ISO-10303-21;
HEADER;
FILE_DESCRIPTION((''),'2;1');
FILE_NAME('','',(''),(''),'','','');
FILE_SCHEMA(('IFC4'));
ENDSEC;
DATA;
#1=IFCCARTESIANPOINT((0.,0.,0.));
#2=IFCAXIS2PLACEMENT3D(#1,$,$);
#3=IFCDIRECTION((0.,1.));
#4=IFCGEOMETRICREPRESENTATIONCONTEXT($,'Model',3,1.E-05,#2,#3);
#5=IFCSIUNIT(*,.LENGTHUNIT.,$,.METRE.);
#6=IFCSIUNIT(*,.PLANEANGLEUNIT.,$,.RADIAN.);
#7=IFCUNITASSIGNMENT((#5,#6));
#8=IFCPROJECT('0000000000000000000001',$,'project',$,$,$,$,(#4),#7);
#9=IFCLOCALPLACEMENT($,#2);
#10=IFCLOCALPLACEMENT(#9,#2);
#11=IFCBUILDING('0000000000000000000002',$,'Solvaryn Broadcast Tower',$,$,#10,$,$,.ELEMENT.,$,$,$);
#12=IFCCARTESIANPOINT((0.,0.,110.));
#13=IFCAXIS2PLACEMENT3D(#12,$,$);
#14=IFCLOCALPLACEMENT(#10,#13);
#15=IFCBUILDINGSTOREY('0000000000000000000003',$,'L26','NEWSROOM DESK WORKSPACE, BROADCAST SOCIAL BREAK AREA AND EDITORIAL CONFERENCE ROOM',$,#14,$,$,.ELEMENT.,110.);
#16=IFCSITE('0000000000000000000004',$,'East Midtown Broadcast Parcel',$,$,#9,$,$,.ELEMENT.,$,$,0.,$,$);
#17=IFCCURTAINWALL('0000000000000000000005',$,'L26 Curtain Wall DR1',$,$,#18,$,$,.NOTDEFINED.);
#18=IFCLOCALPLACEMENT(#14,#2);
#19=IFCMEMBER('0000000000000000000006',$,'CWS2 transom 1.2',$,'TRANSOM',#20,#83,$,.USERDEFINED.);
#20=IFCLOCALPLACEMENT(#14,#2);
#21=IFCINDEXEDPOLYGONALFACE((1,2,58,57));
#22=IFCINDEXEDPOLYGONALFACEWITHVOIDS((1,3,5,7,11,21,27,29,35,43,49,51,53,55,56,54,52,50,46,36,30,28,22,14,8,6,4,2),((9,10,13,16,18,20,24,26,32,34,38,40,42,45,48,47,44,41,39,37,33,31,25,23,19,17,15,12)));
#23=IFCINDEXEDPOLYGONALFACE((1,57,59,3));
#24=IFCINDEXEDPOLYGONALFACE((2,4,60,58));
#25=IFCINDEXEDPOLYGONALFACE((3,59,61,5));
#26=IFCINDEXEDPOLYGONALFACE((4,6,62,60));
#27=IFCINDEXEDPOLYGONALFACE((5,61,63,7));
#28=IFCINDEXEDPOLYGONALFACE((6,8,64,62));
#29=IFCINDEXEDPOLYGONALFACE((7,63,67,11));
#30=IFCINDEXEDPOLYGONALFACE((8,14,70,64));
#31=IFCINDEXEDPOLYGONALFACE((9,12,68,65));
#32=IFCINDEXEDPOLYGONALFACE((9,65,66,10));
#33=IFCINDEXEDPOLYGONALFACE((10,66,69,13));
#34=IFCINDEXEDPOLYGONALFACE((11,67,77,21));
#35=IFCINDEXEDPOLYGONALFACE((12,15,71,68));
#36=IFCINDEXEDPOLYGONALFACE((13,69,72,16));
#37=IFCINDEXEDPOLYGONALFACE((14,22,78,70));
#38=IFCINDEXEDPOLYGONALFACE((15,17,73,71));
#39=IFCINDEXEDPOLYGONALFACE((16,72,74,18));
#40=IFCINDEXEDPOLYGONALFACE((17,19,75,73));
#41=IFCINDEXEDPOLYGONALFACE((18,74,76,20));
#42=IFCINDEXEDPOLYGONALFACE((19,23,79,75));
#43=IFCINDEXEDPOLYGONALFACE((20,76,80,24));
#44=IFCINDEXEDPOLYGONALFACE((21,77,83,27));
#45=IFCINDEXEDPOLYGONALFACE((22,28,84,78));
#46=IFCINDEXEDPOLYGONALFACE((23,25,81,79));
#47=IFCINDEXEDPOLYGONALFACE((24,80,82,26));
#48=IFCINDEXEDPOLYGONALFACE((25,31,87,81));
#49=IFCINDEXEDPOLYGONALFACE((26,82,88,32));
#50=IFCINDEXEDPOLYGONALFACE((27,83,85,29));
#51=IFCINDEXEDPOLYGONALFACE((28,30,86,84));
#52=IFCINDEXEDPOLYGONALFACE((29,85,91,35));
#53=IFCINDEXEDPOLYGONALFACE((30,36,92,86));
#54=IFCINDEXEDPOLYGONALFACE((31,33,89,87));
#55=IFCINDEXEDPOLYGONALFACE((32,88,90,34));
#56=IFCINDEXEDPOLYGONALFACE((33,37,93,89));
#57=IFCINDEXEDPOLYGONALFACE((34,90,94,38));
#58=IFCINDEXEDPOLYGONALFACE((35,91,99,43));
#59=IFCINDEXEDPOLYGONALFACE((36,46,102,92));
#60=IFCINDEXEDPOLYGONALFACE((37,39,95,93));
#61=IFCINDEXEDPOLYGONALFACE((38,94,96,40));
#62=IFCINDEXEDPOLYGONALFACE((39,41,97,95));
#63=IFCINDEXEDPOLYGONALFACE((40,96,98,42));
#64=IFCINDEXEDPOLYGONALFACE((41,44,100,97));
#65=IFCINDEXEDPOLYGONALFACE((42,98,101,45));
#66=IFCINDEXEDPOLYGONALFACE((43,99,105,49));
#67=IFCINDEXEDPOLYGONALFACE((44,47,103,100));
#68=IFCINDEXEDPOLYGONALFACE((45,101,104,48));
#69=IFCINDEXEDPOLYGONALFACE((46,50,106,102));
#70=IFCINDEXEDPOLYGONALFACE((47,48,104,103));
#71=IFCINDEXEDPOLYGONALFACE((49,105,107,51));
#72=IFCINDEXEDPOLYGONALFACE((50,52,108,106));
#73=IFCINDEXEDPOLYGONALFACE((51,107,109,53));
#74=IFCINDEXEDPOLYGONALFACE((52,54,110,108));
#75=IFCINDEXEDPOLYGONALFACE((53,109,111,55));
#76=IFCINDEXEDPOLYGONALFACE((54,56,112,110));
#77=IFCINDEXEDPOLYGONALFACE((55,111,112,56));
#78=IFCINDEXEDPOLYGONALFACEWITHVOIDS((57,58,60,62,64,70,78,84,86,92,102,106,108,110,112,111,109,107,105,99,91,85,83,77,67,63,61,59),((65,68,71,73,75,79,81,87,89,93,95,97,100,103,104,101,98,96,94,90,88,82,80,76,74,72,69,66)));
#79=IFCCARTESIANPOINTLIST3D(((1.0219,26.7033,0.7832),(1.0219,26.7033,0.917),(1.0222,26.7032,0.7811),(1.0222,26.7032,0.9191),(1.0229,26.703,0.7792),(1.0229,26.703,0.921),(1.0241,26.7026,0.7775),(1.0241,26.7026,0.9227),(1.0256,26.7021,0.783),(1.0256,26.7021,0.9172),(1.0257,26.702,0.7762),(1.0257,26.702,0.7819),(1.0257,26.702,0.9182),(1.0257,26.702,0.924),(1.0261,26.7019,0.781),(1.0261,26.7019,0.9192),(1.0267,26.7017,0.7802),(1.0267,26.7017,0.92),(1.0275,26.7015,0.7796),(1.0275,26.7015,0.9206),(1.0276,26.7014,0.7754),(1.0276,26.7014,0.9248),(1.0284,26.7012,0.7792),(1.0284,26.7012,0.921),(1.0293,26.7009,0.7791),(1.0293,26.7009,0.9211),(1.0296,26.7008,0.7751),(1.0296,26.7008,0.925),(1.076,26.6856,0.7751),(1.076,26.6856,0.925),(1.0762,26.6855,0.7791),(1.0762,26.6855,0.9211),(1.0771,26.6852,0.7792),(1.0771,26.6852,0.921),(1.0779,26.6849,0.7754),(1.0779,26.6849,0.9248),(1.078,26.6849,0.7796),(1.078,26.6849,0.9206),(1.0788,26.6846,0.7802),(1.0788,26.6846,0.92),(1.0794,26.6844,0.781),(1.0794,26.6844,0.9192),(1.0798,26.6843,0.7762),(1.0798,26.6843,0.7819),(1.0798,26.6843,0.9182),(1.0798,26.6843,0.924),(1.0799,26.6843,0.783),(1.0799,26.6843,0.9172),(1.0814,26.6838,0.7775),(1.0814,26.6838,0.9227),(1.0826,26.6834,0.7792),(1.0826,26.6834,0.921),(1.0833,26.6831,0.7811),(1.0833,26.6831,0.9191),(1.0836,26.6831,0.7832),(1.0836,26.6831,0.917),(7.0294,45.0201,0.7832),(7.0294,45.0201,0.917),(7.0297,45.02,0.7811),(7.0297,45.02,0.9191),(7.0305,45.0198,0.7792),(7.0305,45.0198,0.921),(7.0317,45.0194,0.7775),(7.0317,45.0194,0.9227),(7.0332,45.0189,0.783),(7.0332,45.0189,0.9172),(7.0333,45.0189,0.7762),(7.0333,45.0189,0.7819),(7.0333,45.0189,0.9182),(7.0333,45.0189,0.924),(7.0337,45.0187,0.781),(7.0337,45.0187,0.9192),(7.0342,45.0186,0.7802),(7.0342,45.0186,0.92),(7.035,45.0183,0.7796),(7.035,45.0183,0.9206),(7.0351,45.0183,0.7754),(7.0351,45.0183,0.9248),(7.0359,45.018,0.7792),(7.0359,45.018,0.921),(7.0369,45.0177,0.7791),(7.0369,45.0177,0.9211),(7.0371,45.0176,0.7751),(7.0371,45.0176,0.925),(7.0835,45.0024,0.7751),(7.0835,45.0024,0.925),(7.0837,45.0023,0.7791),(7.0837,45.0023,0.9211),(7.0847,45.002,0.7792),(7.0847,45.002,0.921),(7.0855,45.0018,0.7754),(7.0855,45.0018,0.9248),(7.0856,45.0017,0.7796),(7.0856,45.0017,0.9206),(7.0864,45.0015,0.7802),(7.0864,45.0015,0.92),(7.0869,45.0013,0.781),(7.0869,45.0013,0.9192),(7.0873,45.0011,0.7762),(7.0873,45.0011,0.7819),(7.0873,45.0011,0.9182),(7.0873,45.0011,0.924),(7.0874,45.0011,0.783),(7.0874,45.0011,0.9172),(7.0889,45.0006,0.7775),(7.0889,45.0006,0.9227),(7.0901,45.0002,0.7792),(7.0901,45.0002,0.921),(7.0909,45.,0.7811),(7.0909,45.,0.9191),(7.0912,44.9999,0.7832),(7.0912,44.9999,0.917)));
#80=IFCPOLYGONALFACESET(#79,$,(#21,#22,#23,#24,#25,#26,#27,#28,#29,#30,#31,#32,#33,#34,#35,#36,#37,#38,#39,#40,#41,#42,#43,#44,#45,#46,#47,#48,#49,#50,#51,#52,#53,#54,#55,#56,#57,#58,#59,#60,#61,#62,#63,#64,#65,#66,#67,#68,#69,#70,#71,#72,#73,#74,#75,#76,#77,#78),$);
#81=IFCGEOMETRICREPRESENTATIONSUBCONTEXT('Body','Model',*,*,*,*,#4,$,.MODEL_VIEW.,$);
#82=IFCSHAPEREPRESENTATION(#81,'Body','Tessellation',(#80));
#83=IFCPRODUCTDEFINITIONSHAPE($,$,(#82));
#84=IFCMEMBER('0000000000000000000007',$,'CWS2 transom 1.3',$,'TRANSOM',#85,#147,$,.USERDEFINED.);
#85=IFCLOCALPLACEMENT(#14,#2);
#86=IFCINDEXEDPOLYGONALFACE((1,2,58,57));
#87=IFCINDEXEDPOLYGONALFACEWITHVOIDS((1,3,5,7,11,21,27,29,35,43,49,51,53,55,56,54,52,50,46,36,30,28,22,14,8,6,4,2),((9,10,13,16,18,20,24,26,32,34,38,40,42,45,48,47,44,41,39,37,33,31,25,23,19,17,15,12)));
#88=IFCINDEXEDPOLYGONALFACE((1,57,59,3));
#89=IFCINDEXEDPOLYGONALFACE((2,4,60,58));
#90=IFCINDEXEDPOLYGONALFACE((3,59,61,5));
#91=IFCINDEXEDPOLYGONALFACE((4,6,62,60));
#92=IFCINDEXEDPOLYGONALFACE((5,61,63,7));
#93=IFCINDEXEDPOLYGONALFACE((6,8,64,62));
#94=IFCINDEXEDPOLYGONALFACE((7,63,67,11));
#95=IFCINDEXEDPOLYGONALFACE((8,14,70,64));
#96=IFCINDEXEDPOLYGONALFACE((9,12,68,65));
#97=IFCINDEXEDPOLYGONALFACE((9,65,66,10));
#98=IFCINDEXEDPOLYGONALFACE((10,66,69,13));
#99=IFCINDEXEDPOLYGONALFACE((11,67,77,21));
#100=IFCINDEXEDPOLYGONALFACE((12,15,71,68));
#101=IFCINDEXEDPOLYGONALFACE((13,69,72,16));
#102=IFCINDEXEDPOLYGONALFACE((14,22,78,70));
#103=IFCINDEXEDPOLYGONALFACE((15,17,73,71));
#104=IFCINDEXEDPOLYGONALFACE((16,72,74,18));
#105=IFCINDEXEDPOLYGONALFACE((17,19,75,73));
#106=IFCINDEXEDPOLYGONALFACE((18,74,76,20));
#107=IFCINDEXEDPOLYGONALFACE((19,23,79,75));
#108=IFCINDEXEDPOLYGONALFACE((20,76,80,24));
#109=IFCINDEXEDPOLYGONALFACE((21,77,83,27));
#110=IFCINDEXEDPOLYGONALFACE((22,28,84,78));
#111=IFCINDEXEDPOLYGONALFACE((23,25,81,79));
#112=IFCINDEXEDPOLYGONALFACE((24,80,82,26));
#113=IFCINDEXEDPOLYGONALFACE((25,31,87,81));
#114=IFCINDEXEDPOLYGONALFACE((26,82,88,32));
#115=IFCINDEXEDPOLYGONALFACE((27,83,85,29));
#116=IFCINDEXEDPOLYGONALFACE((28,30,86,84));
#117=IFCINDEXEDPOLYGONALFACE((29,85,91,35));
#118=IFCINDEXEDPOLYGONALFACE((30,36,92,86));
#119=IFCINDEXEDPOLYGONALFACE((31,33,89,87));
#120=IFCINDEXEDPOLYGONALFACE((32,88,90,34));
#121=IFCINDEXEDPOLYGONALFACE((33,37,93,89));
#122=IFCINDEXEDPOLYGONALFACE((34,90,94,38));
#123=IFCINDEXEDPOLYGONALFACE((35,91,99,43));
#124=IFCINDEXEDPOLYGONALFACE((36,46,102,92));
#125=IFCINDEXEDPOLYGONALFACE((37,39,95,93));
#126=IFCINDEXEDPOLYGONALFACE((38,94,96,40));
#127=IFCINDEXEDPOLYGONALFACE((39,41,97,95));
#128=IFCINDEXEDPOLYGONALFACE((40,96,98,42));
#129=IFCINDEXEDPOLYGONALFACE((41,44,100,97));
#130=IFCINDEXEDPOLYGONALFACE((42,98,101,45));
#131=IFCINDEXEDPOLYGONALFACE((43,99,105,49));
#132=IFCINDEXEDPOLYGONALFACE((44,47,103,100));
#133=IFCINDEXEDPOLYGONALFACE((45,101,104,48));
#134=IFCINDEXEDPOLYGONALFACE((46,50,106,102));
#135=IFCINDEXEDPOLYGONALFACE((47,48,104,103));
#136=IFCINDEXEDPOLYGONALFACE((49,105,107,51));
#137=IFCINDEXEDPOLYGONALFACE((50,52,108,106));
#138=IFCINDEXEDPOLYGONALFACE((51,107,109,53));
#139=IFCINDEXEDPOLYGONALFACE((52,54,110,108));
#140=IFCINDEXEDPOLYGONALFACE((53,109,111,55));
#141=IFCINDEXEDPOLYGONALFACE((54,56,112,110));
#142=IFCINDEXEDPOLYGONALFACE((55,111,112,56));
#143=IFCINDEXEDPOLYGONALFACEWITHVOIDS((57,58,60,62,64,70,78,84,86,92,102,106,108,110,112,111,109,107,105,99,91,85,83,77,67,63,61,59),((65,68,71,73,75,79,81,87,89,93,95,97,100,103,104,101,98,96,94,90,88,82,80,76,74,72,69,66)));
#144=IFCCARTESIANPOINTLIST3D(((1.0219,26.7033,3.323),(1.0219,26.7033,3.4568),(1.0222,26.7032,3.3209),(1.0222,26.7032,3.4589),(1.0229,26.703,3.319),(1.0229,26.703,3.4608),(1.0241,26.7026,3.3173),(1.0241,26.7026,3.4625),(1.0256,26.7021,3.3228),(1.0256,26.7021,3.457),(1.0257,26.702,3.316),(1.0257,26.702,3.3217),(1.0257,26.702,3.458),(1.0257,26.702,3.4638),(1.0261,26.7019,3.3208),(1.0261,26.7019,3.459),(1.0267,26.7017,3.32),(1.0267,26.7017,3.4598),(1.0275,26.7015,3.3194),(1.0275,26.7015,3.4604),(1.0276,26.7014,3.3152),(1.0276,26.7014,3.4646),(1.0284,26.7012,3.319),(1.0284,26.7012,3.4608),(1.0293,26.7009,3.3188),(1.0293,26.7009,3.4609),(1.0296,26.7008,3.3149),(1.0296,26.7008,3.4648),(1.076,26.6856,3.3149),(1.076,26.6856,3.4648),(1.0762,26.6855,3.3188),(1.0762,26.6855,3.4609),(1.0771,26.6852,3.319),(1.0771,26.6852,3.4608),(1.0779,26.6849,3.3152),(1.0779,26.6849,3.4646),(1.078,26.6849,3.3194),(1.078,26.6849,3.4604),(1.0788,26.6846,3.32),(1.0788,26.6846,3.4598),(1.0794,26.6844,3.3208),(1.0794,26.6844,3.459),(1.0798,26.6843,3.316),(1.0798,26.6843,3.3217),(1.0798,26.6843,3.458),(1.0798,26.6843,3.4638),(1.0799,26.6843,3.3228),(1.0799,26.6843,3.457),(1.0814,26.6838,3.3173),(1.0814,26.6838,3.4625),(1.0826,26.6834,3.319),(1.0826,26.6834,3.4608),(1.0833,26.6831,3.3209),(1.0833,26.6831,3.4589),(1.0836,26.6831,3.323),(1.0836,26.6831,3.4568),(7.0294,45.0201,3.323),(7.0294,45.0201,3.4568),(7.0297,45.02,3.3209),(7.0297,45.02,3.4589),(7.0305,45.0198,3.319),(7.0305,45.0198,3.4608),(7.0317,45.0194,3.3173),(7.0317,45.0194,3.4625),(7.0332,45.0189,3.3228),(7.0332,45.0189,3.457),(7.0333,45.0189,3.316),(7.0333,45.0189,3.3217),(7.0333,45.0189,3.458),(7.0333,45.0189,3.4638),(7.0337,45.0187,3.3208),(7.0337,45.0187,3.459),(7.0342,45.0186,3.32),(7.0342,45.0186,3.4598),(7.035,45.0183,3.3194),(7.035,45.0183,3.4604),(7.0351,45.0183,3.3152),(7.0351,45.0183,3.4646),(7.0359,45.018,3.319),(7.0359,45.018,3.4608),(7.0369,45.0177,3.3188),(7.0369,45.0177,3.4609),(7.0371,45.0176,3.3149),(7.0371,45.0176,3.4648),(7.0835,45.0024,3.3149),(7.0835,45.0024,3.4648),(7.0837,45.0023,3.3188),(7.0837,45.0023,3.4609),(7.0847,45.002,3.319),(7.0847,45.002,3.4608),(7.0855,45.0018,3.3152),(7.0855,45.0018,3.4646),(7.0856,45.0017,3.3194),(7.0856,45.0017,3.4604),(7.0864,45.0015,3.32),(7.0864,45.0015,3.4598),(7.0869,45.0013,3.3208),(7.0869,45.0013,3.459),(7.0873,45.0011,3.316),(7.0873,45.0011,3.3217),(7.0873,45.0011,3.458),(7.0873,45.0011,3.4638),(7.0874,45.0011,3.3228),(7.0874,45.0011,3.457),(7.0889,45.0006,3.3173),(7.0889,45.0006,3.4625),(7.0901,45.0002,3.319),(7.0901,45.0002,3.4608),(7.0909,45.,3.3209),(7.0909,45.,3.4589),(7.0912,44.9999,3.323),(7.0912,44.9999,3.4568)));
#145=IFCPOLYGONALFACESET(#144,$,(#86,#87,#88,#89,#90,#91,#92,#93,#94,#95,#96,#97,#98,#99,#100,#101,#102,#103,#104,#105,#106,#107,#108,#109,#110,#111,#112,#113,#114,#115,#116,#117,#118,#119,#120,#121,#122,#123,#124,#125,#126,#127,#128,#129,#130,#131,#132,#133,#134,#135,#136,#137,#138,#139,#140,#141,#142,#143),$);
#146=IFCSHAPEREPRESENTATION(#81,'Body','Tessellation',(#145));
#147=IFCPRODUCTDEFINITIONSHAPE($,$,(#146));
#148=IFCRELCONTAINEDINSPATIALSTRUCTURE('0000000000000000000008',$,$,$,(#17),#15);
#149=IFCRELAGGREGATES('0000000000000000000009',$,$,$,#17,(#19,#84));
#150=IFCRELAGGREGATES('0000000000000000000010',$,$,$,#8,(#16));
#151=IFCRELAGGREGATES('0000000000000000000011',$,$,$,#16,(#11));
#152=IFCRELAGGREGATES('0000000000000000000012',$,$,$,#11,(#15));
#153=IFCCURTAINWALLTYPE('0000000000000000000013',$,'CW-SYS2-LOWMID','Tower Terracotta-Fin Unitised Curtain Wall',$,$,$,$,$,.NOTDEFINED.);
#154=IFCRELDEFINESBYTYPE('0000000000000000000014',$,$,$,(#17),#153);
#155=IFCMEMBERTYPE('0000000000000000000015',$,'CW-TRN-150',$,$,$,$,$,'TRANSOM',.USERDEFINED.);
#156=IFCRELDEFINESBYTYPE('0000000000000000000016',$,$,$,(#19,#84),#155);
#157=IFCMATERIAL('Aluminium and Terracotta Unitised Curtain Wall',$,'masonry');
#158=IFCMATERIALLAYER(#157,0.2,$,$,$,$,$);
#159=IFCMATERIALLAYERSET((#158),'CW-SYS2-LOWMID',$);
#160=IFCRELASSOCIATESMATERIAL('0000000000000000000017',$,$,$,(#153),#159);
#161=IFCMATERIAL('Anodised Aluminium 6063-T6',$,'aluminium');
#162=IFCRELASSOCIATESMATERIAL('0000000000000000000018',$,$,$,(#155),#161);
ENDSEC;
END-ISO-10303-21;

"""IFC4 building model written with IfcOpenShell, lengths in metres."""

from ifc_helpers import new_model, si_unit, direction, frame, origin, origin_2d, place, context, subcontext, project, spatial, hollow_rectangle, extrude, material, layer, layer_set, material_profile, profile_set, type_object, element, aggregate, save


model = new_model("IFC4")

# Units and contexts
model_context = context("Model", 3, precision=1e-05, world=origin(), true_north=direction((0.0, 1.0)))
body_context = subcontext(model_context, "Body", "Model", "MODEL_VIEW")
ifc_project = project(units=[si_unit("LENGTHUNIT", "METRE"), si_unit("PLANEANGLEUNIT", "RADIAN")], contexts=[model_context])

# Site, building, storey
site_placement = place(None, origin())
site = spatial("IfcSite", under=ifc_project, at=site_placement, Name="East Midtown Broadcast Parcel", CompositionType="ELEMENT", RefElevation=0.0)
building_placement = place(site_placement, origin())
building = spatial("IfcBuilding", under=site, at=building_placement, Name="Solvaryn Broadcast Tower", CompositionType="ELEMENT")
storey_placement = place(building_placement, frame((0.0, 0.0, 110.0)))
storey = spatial("IfcBuildingStorey", under=building, at=storey_placement, Name="L26", Description="NEWSROOM DESK WORKSPACE, BROADCAST SOCIAL BREAK AREA AND EDITORIAL CONFERENCE ROOM", CompositionType="ELEMENT", Elevation=110.0)

# Curtain wall
ifc_material_1 = material(Name="Aluminium and Terracotta Unitised Curtain Wall", Category="masonry")
ifc_layer_1 = layer(ifc_material_1, 0.2)
ifc_layer_set_1 = layer_set([ifc_layer_1], Name="CW-SYS2-LOWMID")
curtain_wall_type = type_object("IfcCurtainWallType", Name="CW-SYS2-LOWMID", Description="Tower Terracotta-Fin Unitised Curtain Wall", PredefinedType="NOTDEFINED", material=ifc_layer_set_1)
curtain_wall_1_placement = place(storey_placement, origin())
curtain_wall_1 = element("IfcCurtainWall", 1, at=curtain_wall_1_placement, inside=storey, type_object=curtain_wall_type, Name="L26 Curtain Wall DR1", PredefinedType="NOTDEFINED")

# Members
ifc_material_2 = material(Name="Anodised Aluminium 6063-T6", Category="aluminium")
ifc_material_profile_1 = material_profile(ifc_material_2, hollow_rectangle(XDim=0.0649, YDim=0.1499, WallThickness=0.0039, InnerFilletRadius=0.0039, OuterFilletRadius=0.0081, at=origin_2d()))
ifc_profile_set_1 = profile_set([ifc_material_profile_1], Name="Anodised Aluminium 6063-T6")
member_type_1 = type_object("IfcMemberType", Name="CW-TRN-150", ElementType="TRANSOM", PredefinedType="USERDEFINED", material=ifc_profile_set_1)
member_1_placement = place(storey_placement, frame((7.0603, 45.01, 0.8501), z_axis=(-0.311646, -0.950198, 0.0), x_axis=(0.950198, -0.311646, 0.0)))
member_1 = element("IfcMember", 2, at=member_1_placement, type_object=member_type_1, Name="CWS2 transom 1.2", ObjectType="TRANSOM", PredefinedType="USERDEFINED", context=body_context, shape_type="SweptSolid", body=[
    extrude(hollow_rectangle(XDim=0.0649, YDim=0.1499, WallThickness=0.0039, InnerFilletRadius=0.0039, OuterFilletRadius=0.0081, at=origin_2d()), origin(), (0.0, 0.0, 1.0), 19.2769),
])
member_2_placement = place(storey_placement, frame((7.0603, 45.01, 3.3899), z_axis=(-0.311646, -0.950198, 0.0), x_axis=(0.950198, -0.311646, 0.0)))
member_2 = element("IfcMember", 3, at=member_2_placement, type_object=member_type_1, Name="CWS2 transom 1.3", ObjectType="TRANSOM", PredefinedType="USERDEFINED", context=body_context, shape_type="SweptSolid", body=[
    extrude(hollow_rectangle(XDim=0.0649, YDim=0.1499, WallThickness=0.0039, InnerFilletRadius=0.0039, OuterFilletRadius=0.0081, at=origin_2d()), origin(), (0.0, 0.0, 1.0), 19.2769),
])
aggregate(curtain_wall_1, [member_1, member_2])

save(model, "model.ifc")
